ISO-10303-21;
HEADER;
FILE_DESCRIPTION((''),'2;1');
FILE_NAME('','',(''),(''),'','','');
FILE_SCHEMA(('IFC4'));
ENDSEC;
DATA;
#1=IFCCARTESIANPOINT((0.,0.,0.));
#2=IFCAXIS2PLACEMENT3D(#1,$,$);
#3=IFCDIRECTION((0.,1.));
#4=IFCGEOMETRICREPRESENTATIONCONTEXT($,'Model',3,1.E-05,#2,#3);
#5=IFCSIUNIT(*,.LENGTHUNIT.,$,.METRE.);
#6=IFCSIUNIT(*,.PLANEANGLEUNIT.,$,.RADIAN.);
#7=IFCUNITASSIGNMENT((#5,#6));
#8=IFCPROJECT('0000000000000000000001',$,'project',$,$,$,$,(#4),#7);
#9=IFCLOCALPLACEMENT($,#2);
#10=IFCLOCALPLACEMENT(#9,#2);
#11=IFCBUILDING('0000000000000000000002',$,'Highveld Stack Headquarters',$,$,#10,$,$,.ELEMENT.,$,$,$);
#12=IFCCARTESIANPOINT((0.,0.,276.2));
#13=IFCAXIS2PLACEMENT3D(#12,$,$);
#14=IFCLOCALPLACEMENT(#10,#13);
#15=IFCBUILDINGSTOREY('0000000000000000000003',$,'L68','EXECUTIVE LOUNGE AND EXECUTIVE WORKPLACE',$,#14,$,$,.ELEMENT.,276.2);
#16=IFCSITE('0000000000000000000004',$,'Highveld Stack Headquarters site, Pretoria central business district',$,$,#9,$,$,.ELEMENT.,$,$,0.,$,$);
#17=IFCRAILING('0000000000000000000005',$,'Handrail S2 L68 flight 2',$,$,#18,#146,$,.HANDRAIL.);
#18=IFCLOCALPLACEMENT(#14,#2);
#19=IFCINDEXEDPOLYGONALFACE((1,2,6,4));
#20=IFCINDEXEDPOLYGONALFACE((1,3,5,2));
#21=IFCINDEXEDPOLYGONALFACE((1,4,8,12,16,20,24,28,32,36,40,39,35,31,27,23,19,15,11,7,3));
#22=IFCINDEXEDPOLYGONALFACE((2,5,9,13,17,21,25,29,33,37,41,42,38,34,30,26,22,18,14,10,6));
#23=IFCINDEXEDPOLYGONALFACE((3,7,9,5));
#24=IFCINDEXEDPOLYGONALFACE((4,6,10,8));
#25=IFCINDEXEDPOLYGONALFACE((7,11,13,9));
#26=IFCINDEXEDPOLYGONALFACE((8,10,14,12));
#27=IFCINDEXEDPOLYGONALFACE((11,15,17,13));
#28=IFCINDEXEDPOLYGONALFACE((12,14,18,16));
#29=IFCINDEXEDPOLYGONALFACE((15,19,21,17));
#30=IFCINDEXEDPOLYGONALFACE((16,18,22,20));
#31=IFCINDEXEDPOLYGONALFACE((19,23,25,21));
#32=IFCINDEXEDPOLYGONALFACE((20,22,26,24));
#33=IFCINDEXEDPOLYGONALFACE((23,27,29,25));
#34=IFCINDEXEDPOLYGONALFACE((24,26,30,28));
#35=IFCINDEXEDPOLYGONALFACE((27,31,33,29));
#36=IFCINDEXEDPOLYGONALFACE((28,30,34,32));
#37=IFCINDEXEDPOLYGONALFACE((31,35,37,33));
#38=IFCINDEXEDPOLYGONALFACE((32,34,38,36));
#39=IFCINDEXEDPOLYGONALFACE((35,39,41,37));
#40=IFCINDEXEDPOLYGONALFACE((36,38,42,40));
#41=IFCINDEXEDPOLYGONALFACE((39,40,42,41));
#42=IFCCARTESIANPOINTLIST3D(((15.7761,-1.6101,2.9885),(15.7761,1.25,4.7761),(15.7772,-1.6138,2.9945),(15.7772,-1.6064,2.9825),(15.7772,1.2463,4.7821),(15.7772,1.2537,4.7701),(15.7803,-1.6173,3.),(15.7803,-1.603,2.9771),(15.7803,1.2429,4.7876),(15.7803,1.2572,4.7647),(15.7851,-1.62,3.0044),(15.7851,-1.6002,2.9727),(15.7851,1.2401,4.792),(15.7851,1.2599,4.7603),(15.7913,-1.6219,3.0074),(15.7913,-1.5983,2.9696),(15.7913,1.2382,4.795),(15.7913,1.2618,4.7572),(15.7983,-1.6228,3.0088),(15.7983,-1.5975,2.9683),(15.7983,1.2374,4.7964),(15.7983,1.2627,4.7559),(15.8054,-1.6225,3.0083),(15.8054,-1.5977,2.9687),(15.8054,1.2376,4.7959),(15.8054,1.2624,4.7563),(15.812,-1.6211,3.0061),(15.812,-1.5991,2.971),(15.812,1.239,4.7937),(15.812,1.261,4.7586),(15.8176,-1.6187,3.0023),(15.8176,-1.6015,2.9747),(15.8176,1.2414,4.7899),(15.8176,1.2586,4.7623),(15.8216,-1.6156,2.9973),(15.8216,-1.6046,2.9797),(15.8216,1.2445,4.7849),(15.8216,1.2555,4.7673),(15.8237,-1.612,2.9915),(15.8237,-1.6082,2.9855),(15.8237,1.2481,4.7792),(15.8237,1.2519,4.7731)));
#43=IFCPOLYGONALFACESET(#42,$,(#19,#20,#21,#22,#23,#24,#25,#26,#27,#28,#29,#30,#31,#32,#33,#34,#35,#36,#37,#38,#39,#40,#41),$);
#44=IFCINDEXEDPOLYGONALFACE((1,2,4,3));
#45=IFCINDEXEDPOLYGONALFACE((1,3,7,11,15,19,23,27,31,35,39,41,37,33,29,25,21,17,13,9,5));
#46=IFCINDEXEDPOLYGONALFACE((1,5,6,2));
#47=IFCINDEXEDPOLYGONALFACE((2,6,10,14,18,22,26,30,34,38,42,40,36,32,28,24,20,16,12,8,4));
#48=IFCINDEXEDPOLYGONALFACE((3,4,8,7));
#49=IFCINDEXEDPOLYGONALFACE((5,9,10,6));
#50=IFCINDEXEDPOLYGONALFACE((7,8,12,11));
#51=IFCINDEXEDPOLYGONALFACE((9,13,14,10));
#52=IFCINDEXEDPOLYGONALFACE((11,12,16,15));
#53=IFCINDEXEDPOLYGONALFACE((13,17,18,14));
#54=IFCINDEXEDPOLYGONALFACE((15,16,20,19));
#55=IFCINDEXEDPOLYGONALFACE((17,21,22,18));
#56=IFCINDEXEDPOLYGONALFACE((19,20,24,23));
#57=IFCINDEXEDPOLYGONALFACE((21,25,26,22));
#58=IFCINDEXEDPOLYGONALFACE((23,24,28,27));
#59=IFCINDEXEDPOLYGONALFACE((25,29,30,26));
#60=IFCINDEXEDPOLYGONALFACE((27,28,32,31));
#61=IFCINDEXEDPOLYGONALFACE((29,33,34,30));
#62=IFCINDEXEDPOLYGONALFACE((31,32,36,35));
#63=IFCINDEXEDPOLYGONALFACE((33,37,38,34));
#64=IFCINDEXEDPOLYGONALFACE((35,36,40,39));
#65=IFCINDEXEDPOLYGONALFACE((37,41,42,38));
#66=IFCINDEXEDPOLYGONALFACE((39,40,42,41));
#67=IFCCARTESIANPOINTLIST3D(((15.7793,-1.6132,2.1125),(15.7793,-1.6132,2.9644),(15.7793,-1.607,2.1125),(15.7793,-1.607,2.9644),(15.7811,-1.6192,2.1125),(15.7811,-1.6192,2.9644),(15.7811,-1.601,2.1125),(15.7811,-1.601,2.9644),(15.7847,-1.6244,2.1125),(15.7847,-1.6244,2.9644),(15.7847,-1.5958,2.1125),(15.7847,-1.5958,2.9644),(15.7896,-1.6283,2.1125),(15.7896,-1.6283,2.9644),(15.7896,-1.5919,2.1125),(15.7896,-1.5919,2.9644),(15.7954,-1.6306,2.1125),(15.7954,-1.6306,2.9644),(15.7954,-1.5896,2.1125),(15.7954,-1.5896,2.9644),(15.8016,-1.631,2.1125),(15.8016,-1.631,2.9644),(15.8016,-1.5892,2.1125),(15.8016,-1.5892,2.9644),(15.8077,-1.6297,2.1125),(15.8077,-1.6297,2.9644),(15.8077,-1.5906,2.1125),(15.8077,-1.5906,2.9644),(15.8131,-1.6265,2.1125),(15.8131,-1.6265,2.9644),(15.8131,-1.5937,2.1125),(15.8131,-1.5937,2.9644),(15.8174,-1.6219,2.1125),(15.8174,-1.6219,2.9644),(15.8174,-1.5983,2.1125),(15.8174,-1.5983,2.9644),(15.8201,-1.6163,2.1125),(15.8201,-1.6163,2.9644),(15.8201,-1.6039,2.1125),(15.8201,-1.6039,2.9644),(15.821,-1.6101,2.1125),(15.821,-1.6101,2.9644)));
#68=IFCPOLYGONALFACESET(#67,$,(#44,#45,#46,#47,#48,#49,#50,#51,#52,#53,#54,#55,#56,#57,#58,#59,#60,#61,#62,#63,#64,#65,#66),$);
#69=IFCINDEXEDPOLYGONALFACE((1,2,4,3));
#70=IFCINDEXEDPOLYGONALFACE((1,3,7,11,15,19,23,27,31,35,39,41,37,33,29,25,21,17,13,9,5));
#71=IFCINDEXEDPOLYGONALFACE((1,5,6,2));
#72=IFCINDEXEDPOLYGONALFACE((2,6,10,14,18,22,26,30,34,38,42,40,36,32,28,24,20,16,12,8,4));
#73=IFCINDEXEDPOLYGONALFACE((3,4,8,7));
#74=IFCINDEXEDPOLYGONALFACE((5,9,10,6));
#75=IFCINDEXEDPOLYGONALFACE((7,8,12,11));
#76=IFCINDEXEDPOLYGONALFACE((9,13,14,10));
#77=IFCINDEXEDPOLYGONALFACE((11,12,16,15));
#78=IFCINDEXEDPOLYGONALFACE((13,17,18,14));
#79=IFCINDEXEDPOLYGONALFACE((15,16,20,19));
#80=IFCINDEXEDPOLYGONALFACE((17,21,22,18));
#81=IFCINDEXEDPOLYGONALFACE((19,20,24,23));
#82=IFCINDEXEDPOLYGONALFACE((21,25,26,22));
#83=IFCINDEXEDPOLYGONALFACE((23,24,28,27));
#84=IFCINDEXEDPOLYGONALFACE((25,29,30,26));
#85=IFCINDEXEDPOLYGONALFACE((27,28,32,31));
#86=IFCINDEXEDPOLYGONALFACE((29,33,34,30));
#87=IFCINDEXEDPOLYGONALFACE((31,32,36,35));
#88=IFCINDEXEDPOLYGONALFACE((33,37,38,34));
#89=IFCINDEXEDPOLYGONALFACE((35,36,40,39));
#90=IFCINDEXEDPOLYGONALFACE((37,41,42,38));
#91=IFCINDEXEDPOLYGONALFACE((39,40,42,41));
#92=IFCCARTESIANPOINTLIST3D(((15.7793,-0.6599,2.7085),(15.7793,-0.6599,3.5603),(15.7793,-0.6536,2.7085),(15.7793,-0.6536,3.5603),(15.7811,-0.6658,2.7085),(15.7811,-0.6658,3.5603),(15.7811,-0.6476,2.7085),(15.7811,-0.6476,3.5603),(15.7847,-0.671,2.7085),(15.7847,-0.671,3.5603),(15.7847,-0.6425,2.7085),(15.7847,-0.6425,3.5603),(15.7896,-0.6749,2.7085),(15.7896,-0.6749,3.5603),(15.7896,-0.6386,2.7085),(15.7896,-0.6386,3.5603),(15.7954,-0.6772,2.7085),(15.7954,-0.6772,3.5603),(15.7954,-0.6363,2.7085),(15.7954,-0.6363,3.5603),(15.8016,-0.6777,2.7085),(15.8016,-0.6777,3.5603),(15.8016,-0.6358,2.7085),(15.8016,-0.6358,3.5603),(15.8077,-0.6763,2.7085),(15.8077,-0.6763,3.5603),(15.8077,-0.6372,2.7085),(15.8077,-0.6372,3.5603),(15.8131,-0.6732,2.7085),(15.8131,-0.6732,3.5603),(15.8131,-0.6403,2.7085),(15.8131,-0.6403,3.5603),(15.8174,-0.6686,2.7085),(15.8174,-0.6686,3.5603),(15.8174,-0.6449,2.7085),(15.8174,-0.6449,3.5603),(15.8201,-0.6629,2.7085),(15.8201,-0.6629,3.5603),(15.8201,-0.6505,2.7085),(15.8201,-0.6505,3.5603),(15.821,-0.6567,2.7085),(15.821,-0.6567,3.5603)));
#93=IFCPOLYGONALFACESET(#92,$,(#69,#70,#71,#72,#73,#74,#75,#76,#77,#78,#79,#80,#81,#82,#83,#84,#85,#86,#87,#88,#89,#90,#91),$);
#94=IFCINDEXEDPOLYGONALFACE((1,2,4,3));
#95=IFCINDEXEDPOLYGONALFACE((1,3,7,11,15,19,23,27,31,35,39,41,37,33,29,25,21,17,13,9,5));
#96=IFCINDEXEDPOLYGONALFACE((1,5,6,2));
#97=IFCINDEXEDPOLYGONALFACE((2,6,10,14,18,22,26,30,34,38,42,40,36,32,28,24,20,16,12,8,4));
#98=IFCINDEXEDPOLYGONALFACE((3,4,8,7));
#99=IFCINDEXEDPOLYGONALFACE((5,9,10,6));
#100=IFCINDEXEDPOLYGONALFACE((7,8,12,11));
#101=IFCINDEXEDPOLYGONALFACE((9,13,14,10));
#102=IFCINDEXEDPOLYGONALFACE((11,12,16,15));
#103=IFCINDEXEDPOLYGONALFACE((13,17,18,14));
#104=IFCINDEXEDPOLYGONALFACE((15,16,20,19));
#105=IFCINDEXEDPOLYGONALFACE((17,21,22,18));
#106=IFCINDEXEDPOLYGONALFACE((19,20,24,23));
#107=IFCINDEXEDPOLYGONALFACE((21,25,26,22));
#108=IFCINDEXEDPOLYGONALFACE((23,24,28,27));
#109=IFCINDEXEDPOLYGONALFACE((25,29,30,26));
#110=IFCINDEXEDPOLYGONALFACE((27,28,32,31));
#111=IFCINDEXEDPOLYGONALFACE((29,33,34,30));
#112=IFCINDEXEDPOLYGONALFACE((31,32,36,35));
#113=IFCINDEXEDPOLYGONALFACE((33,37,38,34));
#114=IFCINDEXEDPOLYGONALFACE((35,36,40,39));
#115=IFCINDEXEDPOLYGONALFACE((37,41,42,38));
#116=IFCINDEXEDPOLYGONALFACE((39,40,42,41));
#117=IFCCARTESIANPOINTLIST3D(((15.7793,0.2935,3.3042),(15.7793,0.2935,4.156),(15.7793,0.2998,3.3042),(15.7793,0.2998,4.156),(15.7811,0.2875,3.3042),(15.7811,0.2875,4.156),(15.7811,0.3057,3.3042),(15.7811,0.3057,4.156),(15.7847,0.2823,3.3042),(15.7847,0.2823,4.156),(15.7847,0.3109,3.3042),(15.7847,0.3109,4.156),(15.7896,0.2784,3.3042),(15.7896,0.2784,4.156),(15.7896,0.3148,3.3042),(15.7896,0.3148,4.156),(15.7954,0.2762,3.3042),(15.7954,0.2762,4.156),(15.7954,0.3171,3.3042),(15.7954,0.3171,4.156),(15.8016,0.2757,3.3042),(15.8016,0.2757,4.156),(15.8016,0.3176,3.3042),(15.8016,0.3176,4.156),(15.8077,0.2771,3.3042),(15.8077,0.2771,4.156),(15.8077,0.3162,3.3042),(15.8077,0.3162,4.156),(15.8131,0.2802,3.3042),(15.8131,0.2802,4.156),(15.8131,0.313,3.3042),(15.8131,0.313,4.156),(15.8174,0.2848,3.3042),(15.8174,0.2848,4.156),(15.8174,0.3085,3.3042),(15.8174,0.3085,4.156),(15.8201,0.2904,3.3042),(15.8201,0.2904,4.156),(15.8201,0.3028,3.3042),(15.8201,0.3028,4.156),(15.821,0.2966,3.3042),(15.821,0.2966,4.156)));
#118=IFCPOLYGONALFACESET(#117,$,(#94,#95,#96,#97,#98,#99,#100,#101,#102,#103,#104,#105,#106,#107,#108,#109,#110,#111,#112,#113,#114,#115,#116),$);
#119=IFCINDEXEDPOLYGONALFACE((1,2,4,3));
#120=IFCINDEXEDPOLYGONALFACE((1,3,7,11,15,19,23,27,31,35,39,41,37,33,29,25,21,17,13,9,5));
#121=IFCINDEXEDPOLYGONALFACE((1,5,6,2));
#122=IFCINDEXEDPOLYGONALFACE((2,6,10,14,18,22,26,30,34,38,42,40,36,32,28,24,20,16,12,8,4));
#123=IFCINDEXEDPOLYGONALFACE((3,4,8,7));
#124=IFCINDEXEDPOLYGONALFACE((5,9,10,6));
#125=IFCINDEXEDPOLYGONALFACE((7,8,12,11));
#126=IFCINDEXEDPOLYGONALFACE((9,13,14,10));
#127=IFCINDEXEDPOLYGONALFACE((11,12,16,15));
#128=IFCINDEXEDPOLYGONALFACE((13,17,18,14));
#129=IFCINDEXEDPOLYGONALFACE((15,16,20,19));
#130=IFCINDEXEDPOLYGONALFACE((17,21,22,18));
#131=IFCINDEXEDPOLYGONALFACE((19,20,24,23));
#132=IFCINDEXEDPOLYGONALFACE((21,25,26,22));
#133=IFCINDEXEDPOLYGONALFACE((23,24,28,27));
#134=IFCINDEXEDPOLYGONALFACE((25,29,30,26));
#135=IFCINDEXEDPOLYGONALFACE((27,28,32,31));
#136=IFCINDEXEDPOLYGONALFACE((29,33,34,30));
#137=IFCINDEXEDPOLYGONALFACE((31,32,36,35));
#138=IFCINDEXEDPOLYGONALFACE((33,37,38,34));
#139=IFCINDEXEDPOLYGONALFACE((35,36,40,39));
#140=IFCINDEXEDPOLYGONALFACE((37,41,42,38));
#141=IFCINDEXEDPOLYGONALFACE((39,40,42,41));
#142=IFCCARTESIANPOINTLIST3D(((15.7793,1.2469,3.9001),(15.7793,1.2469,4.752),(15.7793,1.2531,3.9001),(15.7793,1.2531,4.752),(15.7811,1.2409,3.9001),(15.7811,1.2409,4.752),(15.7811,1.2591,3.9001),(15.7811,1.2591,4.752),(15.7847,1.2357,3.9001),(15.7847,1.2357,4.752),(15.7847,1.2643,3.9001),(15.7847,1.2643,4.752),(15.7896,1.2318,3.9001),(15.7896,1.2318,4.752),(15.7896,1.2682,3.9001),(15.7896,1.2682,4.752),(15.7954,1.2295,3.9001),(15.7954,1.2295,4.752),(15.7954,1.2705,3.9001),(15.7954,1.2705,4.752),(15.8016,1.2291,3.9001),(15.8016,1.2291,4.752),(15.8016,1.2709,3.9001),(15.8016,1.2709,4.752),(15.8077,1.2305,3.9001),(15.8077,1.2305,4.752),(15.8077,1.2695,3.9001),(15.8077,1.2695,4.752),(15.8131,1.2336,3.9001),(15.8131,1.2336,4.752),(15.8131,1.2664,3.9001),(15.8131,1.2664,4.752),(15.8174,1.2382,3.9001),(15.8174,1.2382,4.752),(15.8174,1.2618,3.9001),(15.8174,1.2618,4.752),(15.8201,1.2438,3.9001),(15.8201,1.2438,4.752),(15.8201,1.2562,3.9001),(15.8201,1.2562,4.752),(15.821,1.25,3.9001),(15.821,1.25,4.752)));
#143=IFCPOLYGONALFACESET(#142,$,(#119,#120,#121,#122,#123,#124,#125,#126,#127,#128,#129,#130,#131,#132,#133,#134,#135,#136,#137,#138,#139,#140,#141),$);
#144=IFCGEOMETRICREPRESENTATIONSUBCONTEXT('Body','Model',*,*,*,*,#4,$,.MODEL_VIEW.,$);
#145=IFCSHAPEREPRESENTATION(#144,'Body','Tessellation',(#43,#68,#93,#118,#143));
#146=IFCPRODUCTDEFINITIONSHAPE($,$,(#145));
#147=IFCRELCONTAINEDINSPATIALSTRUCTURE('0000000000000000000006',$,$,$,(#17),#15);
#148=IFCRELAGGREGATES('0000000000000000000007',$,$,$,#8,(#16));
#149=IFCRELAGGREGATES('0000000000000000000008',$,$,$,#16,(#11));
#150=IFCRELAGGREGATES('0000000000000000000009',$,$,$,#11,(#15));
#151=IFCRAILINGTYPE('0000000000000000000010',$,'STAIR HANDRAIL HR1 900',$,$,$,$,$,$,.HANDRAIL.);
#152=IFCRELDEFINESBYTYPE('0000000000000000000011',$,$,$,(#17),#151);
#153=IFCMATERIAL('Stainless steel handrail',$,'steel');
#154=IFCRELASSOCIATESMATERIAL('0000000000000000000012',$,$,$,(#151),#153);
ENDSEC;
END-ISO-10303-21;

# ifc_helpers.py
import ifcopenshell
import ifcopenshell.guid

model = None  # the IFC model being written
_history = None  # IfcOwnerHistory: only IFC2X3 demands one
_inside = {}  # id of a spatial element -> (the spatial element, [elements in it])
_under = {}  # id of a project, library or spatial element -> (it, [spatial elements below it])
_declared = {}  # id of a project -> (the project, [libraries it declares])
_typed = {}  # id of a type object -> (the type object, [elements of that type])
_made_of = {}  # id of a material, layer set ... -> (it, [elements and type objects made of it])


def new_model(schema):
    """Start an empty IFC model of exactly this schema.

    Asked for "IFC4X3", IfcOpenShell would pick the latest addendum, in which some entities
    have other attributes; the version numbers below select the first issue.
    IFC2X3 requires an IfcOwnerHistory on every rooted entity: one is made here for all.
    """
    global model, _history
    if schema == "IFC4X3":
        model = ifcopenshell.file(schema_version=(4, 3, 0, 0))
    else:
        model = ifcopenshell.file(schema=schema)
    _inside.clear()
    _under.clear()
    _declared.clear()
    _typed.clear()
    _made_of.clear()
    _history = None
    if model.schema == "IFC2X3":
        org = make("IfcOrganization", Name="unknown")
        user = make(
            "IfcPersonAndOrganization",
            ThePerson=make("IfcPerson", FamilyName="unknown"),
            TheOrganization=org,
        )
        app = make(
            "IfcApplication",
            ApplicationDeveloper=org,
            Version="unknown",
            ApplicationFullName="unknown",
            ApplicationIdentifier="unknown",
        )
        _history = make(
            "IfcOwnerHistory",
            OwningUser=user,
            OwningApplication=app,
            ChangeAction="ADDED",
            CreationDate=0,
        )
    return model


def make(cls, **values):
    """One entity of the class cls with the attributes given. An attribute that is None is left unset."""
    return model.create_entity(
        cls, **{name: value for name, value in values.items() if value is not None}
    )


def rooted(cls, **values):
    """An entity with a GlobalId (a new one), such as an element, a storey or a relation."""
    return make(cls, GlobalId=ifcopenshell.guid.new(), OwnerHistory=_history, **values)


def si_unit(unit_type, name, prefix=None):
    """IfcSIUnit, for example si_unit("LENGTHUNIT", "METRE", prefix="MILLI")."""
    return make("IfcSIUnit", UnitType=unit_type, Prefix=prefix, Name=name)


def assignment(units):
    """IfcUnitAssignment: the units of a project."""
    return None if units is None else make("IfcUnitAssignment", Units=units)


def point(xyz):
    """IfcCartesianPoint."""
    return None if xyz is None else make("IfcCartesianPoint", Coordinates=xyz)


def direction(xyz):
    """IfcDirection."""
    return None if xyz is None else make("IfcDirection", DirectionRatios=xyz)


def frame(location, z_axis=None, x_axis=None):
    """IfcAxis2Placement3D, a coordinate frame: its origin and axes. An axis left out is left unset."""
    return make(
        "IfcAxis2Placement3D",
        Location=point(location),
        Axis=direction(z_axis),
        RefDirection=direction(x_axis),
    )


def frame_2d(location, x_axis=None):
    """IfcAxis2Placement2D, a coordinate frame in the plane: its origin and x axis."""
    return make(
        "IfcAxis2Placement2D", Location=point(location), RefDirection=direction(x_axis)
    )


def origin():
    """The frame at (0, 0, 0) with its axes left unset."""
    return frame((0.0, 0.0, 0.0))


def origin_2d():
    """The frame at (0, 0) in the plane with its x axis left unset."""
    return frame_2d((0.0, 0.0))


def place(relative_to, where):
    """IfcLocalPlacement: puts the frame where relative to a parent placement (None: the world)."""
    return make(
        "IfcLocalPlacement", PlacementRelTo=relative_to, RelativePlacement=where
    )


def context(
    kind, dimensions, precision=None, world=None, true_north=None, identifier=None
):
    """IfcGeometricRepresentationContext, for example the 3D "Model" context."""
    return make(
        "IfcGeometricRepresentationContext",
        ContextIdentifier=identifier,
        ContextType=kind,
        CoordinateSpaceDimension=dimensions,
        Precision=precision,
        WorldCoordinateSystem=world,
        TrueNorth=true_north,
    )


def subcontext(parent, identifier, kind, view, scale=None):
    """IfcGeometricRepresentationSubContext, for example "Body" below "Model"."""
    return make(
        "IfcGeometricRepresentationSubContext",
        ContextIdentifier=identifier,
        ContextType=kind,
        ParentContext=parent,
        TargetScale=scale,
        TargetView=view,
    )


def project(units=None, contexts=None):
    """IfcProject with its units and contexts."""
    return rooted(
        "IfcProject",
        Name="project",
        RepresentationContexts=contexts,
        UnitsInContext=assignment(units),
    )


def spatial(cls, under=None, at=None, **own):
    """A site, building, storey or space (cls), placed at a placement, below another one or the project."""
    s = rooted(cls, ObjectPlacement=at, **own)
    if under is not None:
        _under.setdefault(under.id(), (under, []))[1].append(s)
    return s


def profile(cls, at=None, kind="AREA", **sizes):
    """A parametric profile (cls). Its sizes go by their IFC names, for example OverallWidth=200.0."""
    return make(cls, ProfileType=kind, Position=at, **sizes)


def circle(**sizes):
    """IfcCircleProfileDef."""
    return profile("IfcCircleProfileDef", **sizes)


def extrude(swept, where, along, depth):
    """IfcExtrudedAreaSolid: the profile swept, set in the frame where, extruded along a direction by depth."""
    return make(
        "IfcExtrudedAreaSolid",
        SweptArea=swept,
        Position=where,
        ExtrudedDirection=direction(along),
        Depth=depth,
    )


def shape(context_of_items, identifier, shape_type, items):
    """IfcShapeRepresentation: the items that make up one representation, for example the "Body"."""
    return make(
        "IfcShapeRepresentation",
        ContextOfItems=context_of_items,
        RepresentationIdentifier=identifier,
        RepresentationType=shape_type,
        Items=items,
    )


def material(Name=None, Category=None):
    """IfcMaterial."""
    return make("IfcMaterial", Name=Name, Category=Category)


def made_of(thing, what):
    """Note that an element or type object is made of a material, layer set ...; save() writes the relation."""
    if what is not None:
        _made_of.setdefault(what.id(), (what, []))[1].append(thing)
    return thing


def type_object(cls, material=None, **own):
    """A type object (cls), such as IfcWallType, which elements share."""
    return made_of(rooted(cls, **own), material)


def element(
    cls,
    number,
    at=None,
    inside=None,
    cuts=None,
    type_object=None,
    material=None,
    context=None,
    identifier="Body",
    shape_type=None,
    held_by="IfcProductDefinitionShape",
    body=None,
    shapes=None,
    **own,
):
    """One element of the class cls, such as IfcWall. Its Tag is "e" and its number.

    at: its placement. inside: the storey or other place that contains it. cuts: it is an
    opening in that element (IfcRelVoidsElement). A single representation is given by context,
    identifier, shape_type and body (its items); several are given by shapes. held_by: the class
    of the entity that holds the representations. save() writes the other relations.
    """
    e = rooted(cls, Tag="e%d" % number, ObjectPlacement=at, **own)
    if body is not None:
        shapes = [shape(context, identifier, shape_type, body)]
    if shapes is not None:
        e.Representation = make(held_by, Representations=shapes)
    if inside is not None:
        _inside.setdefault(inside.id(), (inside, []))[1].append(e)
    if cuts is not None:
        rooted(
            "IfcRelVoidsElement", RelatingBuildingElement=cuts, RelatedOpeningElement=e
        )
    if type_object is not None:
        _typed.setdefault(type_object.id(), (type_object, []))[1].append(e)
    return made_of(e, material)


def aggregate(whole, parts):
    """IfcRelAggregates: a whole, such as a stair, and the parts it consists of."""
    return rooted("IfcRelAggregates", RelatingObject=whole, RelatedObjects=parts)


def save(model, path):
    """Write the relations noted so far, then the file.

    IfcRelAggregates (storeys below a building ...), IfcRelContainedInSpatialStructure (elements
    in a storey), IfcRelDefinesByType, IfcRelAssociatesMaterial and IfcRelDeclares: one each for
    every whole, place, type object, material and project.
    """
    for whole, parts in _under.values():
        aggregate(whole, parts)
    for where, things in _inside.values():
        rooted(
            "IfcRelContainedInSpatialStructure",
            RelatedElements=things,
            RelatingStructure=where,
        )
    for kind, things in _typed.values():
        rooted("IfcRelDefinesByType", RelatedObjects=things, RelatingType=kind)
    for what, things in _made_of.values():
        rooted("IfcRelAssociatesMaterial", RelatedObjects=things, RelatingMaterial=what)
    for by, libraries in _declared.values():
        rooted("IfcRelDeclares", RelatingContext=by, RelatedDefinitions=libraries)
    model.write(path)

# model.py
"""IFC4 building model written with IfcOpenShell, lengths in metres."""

from ifc_helpers import new_model, si_unit, direction, frame, origin, origin_2d, place, context, subcontext, project, spatial, circle, extrude, material, type_object, element, save


model = new_model("IFC4")

# Units and contexts
model_context = context("Model", 3, precision=1e-05, world=origin(), true_north=direction((0.0, 1.0)))
body_context = subcontext(model_context, "Body", "Model", "MODEL_VIEW")
ifc_project = project(units=[si_unit("LENGTHUNIT", "METRE"), si_unit("PLANEANGLEUNIT", "RADIAN")], contexts=[model_context])

# Site, building, storey
site_placement = place(None, origin())
site = spatial("IfcSite", under=ifc_project, at=site_placement, Name="Highveld Stack Headquarters site, Pretoria central business district", CompositionType="ELEMENT", RefElevation=0.0)
building_placement = place(site_placement, origin())
building = spatial("IfcBuilding", under=site, at=building_placement, Name="Highveld Stack Headquarters", CompositionType="ELEMENT")
storey_placement = place(building_placement, frame((0.0, 0.0, 276.2)))
storey = spatial("IfcBuildingStorey", under=building, at=storey_placement, Name="L68", Description="EXECUTIVE LOUNGE AND EXECUTIVE WORKPLACE", CompositionType="ELEMENT", Elevation=276.2)

# Railing
ifc_material_1 = material(Name="Stainless steel handrail", Category="steel")
railing_type = type_object("IfcRailingType", Name="STAIR HANDRAIL HR1 900", PredefinedType="HANDRAIL", material=ifc_material_1)
for number, where, name in (
    (1, (15.8, -1.6101, 2.1125), "Handrail S2 L68 flight 2"),
):
    element("IfcRailing", number, at=place(storey_placement, frame(where)), inside=storey, type_object=railing_type, Name=name, PredefinedType="HANDRAIL", context=body_context, shape_type="SweptSolid", body=[
        extrude(circle(Radius=0.0239, at=origin_2d()), frame((0.0, 0.0, 0.876), z_axis=(0.0, 0.847994, 0.530005), x_axis=(-1.0, 0.0, 0.0)), (0.0, 0.0, 1.0), 3.3728),
        extrude(circle(Radius=0.021, at=origin_2d()), origin(), (0.0, 0.0, 1.0), 0.8518),
        extrude(circle(Radius=0.021, at=origin_2d()), frame((0.0, 0.9534, 0.5959)), (0.0, 0.0, 1.0), 0.8518),
        extrude(circle(Radius=0.021, at=origin_2d()), frame((0.0, 1.9067, 1.1917)), (0.0, 0.0, 1.0), 0.8518),
        extrude(circle(Radius=0.021, at=origin_2d()), frame((0.0, 2.8601, 1.7876)), (0.0, 0.0, 1.0), 0.8518),
    ])

save(model, "model.ifc")
